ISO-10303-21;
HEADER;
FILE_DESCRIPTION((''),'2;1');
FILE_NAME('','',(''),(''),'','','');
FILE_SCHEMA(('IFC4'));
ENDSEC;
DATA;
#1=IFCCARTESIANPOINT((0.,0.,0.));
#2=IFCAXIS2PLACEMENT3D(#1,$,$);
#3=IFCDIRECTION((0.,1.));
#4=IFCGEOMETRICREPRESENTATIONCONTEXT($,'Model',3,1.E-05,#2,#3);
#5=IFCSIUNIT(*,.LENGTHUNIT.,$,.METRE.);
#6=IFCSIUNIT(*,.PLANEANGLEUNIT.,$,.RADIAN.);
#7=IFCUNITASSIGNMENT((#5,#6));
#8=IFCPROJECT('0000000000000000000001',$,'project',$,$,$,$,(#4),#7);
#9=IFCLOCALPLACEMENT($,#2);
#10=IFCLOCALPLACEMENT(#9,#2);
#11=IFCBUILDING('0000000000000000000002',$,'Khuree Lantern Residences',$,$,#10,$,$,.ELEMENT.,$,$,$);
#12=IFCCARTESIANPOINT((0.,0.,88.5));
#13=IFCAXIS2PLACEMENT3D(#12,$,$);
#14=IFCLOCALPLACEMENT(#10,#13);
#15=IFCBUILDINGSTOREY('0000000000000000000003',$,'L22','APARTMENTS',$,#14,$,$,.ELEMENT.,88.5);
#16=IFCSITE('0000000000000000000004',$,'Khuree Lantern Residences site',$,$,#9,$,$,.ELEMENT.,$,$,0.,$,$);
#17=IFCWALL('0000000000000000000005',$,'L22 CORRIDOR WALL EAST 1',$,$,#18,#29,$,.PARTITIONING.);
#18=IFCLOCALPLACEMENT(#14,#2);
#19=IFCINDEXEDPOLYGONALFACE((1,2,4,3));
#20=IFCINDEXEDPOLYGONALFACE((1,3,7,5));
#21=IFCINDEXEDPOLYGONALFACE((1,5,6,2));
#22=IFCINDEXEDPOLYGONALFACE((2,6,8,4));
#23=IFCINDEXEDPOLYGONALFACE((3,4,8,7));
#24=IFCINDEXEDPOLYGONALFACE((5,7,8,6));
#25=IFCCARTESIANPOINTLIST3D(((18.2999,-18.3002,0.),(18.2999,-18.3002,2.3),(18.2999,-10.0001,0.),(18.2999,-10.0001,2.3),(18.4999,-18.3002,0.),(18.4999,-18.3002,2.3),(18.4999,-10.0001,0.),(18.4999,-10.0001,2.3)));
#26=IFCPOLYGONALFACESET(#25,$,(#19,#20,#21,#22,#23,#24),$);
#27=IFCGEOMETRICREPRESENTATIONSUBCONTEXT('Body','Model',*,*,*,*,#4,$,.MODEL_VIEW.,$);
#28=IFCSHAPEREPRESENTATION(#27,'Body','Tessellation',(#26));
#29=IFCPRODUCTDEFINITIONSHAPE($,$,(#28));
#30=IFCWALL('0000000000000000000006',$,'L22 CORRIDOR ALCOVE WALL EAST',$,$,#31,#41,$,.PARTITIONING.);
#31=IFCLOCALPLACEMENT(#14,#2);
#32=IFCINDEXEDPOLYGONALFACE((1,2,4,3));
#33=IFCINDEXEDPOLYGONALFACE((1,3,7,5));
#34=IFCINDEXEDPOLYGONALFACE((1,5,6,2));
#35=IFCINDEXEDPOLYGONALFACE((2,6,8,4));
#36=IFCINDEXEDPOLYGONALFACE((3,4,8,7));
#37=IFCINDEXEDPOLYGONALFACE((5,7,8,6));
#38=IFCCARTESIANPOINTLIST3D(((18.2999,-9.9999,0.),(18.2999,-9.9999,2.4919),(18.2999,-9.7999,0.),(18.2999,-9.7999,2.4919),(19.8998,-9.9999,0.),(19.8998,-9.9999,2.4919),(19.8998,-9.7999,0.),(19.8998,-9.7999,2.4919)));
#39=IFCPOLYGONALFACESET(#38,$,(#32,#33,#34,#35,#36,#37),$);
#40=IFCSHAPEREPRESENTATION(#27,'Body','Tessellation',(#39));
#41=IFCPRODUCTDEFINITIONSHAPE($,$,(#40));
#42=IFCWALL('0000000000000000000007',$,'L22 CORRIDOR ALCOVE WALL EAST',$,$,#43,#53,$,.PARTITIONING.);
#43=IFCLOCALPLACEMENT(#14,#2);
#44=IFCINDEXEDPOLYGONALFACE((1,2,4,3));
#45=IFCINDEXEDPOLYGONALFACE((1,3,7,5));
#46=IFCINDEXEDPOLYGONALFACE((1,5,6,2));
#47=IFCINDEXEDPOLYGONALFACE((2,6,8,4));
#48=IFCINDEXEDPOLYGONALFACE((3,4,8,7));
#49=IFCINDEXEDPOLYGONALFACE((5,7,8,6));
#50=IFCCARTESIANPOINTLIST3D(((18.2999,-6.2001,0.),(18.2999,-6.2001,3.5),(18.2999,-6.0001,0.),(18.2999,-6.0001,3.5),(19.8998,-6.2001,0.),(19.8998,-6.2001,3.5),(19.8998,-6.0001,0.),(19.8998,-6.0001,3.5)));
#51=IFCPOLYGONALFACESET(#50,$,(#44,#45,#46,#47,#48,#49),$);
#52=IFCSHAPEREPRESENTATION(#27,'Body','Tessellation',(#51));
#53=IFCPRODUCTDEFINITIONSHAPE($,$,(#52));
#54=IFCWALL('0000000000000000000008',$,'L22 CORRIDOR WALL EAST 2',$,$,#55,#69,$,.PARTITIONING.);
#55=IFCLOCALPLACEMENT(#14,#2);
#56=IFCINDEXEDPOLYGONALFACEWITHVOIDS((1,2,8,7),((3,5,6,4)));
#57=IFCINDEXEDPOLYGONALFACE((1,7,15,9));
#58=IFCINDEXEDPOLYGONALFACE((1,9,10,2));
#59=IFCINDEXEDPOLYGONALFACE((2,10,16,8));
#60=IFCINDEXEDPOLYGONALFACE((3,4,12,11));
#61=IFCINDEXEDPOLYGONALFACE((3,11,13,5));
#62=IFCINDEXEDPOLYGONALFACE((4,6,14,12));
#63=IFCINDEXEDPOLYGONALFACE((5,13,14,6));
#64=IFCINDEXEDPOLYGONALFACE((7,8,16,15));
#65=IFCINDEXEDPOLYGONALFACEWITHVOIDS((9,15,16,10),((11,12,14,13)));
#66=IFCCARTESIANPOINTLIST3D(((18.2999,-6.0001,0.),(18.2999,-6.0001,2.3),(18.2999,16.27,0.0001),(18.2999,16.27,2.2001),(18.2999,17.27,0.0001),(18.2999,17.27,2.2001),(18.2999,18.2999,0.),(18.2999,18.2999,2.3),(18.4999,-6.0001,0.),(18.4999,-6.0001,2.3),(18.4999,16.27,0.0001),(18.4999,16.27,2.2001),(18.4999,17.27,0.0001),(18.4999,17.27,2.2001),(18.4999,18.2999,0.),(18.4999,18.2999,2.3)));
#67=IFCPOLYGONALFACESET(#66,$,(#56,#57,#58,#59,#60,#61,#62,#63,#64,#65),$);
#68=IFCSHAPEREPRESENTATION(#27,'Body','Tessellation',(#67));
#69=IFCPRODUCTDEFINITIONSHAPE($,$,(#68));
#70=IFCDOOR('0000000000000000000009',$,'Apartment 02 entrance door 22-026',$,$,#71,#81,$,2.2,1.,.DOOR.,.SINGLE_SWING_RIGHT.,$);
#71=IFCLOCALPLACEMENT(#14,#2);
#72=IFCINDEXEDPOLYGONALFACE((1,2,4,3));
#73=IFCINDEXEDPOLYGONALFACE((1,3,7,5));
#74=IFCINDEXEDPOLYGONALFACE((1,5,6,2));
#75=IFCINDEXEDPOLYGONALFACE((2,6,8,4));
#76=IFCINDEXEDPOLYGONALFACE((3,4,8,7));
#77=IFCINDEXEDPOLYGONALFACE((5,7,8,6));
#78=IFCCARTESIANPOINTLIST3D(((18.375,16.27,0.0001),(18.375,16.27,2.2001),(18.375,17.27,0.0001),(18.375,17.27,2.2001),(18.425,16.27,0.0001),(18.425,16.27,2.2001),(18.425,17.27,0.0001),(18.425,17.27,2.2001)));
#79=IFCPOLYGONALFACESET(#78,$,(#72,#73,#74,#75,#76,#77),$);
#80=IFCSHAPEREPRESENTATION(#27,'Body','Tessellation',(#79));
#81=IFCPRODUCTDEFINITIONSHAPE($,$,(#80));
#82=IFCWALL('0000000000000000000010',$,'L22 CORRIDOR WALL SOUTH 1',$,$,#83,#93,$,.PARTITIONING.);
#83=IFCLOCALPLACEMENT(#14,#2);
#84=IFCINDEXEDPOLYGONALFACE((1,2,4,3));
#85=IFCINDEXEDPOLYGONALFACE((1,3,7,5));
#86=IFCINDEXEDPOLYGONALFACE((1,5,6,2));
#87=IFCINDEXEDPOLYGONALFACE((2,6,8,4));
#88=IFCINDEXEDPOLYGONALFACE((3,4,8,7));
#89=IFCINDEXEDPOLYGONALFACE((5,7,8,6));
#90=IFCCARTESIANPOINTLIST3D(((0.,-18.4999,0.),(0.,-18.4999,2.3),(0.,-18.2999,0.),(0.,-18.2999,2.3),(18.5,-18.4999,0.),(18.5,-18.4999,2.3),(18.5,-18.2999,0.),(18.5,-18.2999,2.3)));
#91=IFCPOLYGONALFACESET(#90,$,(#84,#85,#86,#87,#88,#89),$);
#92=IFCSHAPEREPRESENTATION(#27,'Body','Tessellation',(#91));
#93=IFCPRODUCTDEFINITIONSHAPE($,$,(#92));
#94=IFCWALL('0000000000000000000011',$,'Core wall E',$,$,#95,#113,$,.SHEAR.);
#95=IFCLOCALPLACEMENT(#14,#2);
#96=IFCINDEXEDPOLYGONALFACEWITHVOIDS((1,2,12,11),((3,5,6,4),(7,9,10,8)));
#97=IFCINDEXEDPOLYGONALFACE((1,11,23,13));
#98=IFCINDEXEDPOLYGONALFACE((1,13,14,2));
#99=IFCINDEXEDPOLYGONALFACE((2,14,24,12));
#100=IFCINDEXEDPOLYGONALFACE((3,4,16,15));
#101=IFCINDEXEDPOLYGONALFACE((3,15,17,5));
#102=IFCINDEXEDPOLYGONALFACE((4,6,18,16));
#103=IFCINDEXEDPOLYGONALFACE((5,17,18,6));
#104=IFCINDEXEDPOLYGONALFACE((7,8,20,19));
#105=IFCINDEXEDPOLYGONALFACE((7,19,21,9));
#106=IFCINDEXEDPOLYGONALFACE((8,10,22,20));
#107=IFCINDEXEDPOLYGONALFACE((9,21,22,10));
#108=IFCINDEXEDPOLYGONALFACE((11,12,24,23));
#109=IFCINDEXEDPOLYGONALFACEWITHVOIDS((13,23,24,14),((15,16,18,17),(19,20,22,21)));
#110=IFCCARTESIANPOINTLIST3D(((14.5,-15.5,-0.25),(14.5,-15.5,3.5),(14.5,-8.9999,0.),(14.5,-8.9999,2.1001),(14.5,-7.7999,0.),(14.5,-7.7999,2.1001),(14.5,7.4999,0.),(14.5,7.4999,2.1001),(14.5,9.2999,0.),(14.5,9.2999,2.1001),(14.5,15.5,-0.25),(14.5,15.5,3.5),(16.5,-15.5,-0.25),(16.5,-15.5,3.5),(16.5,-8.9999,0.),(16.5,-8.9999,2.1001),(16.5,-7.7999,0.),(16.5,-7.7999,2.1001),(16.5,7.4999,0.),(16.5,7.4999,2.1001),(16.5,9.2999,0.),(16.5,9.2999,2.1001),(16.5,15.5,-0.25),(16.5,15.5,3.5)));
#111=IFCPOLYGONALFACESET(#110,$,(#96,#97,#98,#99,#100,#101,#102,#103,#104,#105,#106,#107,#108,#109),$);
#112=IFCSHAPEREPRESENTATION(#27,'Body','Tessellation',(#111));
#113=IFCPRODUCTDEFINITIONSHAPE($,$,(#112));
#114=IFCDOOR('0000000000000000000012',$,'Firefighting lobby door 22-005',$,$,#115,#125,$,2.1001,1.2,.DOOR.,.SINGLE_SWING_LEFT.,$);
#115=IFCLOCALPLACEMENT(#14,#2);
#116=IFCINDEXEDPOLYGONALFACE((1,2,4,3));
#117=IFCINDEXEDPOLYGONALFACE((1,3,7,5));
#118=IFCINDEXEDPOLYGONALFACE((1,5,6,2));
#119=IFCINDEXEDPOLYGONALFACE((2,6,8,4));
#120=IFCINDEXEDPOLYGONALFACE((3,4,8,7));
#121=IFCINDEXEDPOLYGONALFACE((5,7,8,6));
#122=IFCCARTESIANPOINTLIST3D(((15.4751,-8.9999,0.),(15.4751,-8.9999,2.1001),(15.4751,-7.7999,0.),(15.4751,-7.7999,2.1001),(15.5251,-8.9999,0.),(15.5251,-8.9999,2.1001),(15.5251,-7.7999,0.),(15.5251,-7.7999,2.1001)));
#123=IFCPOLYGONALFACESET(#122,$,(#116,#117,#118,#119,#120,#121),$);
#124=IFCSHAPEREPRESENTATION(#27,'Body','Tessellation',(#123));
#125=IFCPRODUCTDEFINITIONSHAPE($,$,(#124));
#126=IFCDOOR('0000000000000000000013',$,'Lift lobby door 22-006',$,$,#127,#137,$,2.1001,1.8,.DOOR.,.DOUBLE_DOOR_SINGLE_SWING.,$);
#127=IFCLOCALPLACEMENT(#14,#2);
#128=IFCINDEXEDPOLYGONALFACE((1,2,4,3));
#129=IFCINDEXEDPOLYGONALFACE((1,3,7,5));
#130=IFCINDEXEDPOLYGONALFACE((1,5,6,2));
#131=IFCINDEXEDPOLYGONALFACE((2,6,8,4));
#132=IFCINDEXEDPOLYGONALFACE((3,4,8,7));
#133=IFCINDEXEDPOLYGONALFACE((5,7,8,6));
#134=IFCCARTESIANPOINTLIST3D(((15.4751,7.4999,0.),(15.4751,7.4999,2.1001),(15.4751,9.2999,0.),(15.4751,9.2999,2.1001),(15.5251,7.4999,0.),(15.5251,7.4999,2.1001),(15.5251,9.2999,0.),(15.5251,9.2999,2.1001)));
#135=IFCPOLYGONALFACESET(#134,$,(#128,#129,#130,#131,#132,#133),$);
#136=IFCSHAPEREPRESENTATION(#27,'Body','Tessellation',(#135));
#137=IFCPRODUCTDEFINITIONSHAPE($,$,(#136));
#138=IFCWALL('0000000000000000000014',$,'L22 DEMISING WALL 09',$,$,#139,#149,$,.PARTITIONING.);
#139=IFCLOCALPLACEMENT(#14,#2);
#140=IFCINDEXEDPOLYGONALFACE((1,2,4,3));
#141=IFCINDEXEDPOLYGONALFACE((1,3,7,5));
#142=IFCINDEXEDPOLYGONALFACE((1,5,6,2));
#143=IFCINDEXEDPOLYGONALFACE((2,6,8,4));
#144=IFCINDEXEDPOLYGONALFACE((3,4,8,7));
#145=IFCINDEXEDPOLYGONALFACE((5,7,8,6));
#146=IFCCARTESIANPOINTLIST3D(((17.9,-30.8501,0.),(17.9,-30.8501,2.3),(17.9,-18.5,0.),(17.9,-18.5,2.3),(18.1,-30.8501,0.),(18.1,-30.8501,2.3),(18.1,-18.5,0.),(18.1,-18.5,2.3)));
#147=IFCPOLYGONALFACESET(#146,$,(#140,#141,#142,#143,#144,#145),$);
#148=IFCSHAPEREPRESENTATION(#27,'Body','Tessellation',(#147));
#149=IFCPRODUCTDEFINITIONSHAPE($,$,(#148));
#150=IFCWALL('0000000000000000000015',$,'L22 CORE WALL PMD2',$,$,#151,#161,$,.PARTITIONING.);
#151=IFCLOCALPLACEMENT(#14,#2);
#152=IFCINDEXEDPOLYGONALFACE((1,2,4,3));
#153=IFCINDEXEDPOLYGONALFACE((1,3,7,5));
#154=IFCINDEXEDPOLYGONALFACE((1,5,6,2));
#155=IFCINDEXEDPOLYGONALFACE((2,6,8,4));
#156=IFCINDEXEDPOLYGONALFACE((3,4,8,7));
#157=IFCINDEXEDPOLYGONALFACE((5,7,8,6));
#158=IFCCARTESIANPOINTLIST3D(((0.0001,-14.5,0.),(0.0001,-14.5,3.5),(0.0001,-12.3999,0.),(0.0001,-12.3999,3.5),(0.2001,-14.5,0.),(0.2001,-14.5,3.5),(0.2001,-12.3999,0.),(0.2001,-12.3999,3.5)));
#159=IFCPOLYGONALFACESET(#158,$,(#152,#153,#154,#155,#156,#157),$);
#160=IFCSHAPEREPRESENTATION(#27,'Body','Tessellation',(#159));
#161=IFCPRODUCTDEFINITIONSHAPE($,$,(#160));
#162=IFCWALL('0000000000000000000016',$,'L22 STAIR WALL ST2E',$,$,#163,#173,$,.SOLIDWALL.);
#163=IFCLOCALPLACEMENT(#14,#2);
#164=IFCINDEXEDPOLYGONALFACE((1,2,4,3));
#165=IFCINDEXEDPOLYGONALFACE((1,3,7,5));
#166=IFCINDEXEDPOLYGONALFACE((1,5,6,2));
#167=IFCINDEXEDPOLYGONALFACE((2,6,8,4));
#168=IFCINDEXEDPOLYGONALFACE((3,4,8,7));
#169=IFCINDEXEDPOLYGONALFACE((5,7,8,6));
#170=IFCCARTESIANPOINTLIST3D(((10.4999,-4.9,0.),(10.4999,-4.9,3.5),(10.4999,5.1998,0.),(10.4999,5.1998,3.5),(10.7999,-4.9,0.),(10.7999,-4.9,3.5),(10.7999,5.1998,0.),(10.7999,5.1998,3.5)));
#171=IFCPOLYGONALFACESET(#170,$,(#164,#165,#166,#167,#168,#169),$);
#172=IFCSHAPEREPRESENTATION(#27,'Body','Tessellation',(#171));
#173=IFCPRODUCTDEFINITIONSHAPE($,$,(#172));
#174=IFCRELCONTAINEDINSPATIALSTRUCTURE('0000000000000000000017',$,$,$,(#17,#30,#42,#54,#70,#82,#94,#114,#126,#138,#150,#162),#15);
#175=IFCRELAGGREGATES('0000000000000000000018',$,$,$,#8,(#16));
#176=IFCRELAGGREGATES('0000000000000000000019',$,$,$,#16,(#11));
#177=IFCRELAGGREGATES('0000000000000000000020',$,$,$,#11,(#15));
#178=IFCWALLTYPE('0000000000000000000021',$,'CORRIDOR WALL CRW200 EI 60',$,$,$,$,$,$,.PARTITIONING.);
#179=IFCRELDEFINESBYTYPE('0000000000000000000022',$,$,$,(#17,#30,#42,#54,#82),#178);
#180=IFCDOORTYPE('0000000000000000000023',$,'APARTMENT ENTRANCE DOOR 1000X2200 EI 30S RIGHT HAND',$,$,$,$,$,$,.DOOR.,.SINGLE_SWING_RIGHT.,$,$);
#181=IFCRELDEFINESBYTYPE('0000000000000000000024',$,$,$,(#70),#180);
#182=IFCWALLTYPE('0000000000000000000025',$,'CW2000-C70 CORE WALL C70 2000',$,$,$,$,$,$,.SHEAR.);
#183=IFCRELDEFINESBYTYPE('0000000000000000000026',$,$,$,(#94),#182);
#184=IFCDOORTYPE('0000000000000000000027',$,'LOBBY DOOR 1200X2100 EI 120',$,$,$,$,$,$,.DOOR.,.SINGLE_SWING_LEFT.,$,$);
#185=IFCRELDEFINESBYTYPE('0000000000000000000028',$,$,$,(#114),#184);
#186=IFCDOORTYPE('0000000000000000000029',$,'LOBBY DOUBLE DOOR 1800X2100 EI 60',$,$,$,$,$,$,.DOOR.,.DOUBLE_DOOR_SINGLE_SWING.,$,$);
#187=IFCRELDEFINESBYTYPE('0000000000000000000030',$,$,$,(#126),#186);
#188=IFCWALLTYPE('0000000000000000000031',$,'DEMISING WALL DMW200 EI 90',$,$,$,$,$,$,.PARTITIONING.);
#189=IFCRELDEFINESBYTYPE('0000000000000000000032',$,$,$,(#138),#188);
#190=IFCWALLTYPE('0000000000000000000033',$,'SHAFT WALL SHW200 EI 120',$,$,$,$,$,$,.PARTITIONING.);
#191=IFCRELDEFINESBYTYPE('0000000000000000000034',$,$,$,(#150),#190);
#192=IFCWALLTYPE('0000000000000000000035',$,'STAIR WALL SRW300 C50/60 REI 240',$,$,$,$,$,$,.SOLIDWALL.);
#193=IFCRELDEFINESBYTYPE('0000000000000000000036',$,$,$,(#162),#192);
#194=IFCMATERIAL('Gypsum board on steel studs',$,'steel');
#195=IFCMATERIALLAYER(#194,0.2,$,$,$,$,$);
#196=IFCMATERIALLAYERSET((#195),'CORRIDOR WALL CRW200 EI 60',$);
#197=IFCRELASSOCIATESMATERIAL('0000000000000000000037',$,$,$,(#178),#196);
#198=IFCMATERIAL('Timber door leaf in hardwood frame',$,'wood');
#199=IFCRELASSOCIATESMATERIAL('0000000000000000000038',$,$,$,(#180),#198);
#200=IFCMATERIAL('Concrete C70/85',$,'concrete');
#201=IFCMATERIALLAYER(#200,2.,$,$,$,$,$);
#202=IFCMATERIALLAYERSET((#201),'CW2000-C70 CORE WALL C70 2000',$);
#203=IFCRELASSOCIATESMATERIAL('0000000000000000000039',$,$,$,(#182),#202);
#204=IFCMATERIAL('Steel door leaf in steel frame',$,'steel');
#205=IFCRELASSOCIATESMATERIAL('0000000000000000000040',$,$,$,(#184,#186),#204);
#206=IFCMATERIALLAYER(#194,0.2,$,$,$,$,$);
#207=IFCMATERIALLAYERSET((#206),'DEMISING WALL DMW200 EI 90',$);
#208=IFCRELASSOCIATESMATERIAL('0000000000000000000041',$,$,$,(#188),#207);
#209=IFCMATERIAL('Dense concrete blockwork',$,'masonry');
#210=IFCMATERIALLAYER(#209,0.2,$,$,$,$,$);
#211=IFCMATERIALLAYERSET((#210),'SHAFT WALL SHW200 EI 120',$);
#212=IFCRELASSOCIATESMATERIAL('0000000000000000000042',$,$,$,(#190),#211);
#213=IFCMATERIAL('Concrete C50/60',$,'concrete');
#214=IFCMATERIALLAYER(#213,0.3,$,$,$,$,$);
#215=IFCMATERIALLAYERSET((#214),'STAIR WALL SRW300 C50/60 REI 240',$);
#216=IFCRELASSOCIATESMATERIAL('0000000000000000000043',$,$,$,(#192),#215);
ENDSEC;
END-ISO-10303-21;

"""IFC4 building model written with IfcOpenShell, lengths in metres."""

from ifc_helpers import new_model, si_unit, direction, frame, frame_2d, origin, place, context, subcontext, project, spatial, rectangle, extrude, material, layer, layer_set, type_object, element, fill, save


model = new_model("IFC4")

# Units and contexts
model_context = context("Model", 3, precision=1e-05, world=origin(), true_north=direction((0.0, 1.0)))
body_context = subcontext(model_context, "Body", "Model", "MODEL_VIEW")
ifc_project = project(units=[si_unit("LENGTHUNIT", "METRE"), si_unit("PLANEANGLEUNIT", "RADIAN")], contexts=[model_context])

# Site, building, storey
site_placement = place(None, origin())
site = spatial("IfcSite", under=ifc_project, at=site_placement, Name="Khuree Lantern Residences site", CompositionType="ELEMENT", RefElevation=0.0)
building_placement = place(site_placement, origin())
building = spatial("IfcBuilding", under=site, at=building_placement, Name="Khuree Lantern Residences", CompositionType="ELEMENT")
storey_placement = place(building_placement, frame((0.0, 0.0, 88.5)))
storey = spatial("IfcBuildingStorey", under=building, at=storey_placement, Name="L22", Description="APARTMENTS", CompositionType="ELEMENT", Elevation=88.5)

# Shared definitions
ifc_material_1 = material(Name="Concrete C70/85", Category="concrete")

# Shared definitions
ifc_material_2 = material(Name="Dense concrete blockwork", Category="masonry")

# Shared definitions
ifc_material_3 = material(Name="Timber door leaf in hardwood frame", Category="wood")

# Walls
ifc_material_4 = material(Name="Gypsum board on steel studs", Category="steel")
ifc_layer_1 = layer(ifc_material_4, 0.2)
ifc_layer_set_1 = layer_set([ifc_layer_1], Name="CORRIDOR WALL CRW200 EI 60")
wall_type_1 = type_object("IfcWallType", Name="CORRIDOR WALL CRW200 EI 60", PredefinedType="PARTITIONING", material=ifc_layer_set_1)
wall_1_placement = place(storey_placement, frame((18.3999, -18.3, 0.0), z_axis=(0.0, 0.0, 1.0), x_axis=(0.0, 1.0, 0.0)))
element("IfcWall", 1, at=wall_1_placement, inside=storey, type_object=wall_type_1, Name="L22 CORRIDOR WALL EAST 1", PredefinedType="PARTITIONING", context=body_context, shape_type="SweptSolid", body=[
    extrude(rectangle(XDim=8.3, YDim=0.2, at=frame_2d((4.1499, 0.0))), origin(), (0.0, 0.0, 1.0), 2.3),
])
wall_2_placement = place(storey_placement, frame((18.3, -9.8999, 0.0), z_axis=(0.0, 0.0, 1.0), x_axis=(1.0, 0.0, 0.0)))
element("IfcWall", 2, at=wall_2_placement, inside=storey, type_object=wall_type_1, Name="L22 CORRIDOR ALCOVE WALL EAST", PredefinedType="PARTITIONING", context=body_context, shape_type="SweptSolid", body=[
    extrude(rectangle(XDim=1.5999, YDim=0.2, at=frame_2d((0.7998, 0.0))), origin(), (0.0, 0.0, 1.0), 2.4919),
])
wall_3_placement = place(storey_placement, frame((18.3, -6.1001, 0.0), z_axis=(0.0, 0.0, 1.0), x_axis=(1.0, 0.0, 0.0)))
element("IfcWall", 3, at=wall_3_placement, inside=storey, type_object=wall_type_1, Name="L22 CORRIDOR ALCOVE WALL EAST", PredefinedType="PARTITIONING", context=body_context, shape_type="SweptSolid", body=[
    extrude(rectangle(XDim=1.5999, YDim=0.2, at=frame_2d((0.7998, 0.0))), origin(), (0.0, 0.0, 1.0), 3.5),
])

# Wall, opening, door
wall_4_placement = place(storey_placement, frame((18.3999, -6.0, 0.0), z_axis=(0.0, 0.0, 1.0), x_axis=(0.0, 1.0, 0.0)))
wall_4 = element("IfcWall", 4, at=wall_4_placement, inside=storey, type_object=wall_type_1, Name="L22 CORRIDOR WALL EAST 2", PredefinedType="PARTITIONING", context=body_context, shape_type="SweptSolid", body=[
    extrude(rectangle(XDim=24.3, YDim=0.2, at=frame_2d((12.1499, 0.0))), origin(), (0.0, 0.0, 1.0), 2.3),
])
opening_1_placement = place(wall_4_placement, frame((22.27, 0.0, 0.0)))
opening_1 = element("IfcOpeningElement", 5, at=opening_1_placement, cuts=wall_4, PredefinedType="OPENING", context=body_context, shape_type="SweptSolid", body=[
    extrude(rectangle(XDim=1.0, YDim=2.2, at=frame_2d((0.5, 1.1001))), frame((0.0, 0.1099, 0.0), z_axis=(0.0, -1.0, 0.0), x_axis=(1.0, 0.0, 0.0)), (0.0, 0.0, 1.0), 0.22),
])
door_type_1 = type_object("IfcDoorType", Name="APARTMENT ENTRANCE DOOR 1000X2200 EI 30S RIGHT HAND", OperationType="SINGLE_SWING_RIGHT", PredefinedType="DOOR", material=ifc_material_3)
door_1_placement = place(opening_1_placement, origin())
door_1 = element("IfcDoor", 6, at=door_1_placement, inside=storey, type_object=door_type_1, Name="Apartment 02 entrance door 22-026", OperationType="SINGLE_SWING_RIGHT", OverallHeight=2.2, OverallWidth=1.0, PredefinedType="DOOR", context=body_context, shape_type="SweptSolid", body=[
    extrude(rectangle(XDim=1.0, YDim=2.2, at=frame_2d((0.5, 1.1001))), frame((0.0, 0.0249, 0.0), z_axis=(0.0, -1.0, 0.0), x_axis=(1.0, 0.0, 0.0)), (0.0, 0.0, 1.0), 0.05),
])
fill(opening_1, door_1)

# Wall
wall_5_placement = place(storey_placement, frame((18.5, -18.3999, 0.0), z_axis=(0.0, 0.0, 1.0), x_axis=(-1.0, 0.0, 0.0)))
element("IfcWall", 7, at=wall_5_placement, inside=storey, type_object=wall_type_1, Name="L22 CORRIDOR WALL SOUTH 1", PredefinedType="PARTITIONING", context=body_context, shape_type="SweptSolid", body=[
    extrude(rectangle(XDim=18.5, YDim=0.2, at=frame_2d((9.25, 0.0))), origin(), (0.0, 0.0, 1.0), 2.3),
])

# Wall, openings, doors
ifc_layer_2 = layer(ifc_material_1, 2.0)
ifc_layer_set_2 = layer_set([ifc_layer_2], Name="CW2000-C70 CORE WALL C70 2000")
wall_type_2 = type_object("IfcWallType", Name="CW2000-C70 CORE WALL C70 2000", PredefinedType="SHEAR", material=ifc_layer_set_2)
wall_6_placement = place(storey_placement, frame((15.5, -15.5, -0.25), z_axis=(0.0, 0.0, 1.0), x_axis=(0.0, 1.0, 0.0)))
wall_6 = element("IfcWall", 8, at=wall_6_placement, inside=storey, type_object=wall_type_2, Name="Core wall E", PredefinedType="SHEAR", context=body_context, shape_type="SweptSolid", body=[
    extrude(rectangle(XDim=31.0, YDim=2.0, at=frame_2d((15.5, 0.0))), origin(), (0.0, 0.0, 1.0), 3.75),
])
opening_2_placement = place(wall_6_placement, frame((6.5, 0.0, 0.25)))
opening_2 = element("IfcOpeningElement", 9, at=opening_2_placement, cuts=wall_6, PredefinedType="OPENING", context=body_context, shape_type="SweptSolid", body=[
    extrude(rectangle(XDim=1.2, YDim=2.1001, at=frame_2d((0.6001, 1.05))), frame((0.0, 1.01, 0.0), z_axis=(0.0, -1.0, 0.0), x_axis=(1.0, 0.0, 0.0)), (0.0, 0.0, 1.0), 2.02),
])
opening_3_placement = place(wall_6_placement, frame((23.0, 0.0, 0.25)))
opening_3 = element("IfcOpeningElement", 10, at=opening_3_placement, cuts=wall_6, PredefinedType="OPENING", context=body_context, shape_type="SweptSolid", body=[
    extrude(rectangle(XDim=1.8, YDim=2.1001, at=frame_2d((0.8999, 1.05))), frame((0.0, 1.01, 0.0), z_axis=(0.0, -1.0, 0.0), x_axis=(1.0, 0.0, 0.0)), (0.0, 0.0, 1.0), 2.02),
])
ifc_material_5 = material(Name="Steel door leaf in steel frame", Category="steel")
door_type_2 = type_object("IfcDoorType", Name="LOBBY DOOR 1200X2100 EI 120", OperationType="SINGLE_SWING_LEFT", PredefinedType="DOOR", material=ifc_material_5)
door_2_placement = place(opening_2_placement, origin())
door_2 = element("IfcDoor", 11, at=door_2_placement, inside=storey, type_object=door_type_2, Name="Firefighting lobby door 22-005", OperationType="SINGLE_SWING_LEFT", OverallHeight=2.1001, OverallWidth=1.2, PredefinedType="DOOR", context=body_context, shape_type="SweptSolid", body=[
    extrude(rectangle(XDim=1.2, YDim=2.1001, at=frame_2d((0.6001, 1.05))), frame((0.0, 0.0249, 0.0), z_axis=(0.0, -1.0, 0.0), x_axis=(1.0, 0.0, 0.0)), (0.0, 0.0, 1.0), 0.05),
])
fill(opening_2, door_2)
door_type_3 = type_object("IfcDoorType", Name="LOBBY DOUBLE DOOR 1800X2100 EI 60", OperationType="DOUBLE_DOOR_SINGLE_SWING", PredefinedType="DOOR", material=ifc_material_5)
door_3_placement = place(opening_3_placement, origin())
door_3 = element("IfcDoor", 12, at=door_3_placement, inside=storey, type_object=door_type_3, Name="Lift lobby door 22-006", OperationType="DOUBLE_DOOR_SINGLE_SWING", OverallHeight=2.1001, OverallWidth=1.8, PredefinedType="DOOR", context=body_context, shape_type="SweptSolid", body=[
    extrude(rectangle(XDim=1.8, YDim=2.1001, at=frame_2d((0.8999, 1.05))), frame((0.0, 0.0249, 0.0), z_axis=(0.0, -1.0, 0.0), x_axis=(1.0, 0.0, 0.0)), (0.0, 0.0, 1.0), 0.05),
])
fill(opening_3, door_3)

# Walls
ifc_layer_3 = layer(ifc_material_4, 0.2)
ifc_layer_set_3 = layer_set([ifc_layer_3], Name="DEMISING WALL DMW200 EI 90")
wall_type_3 = type_object("IfcWallType", Name="DEMISING WALL DMW200 EI 90", PredefinedType="PARTITIONING", material=ifc_layer_set_3)
wall_7_placement = place(storey_placement, frame((18.0, -18.5, 0.0), z_axis=(0.0, 0.0, 1.0), x_axis=(0.0, -1.0, 0.0)))
element("IfcWall", 13, at=wall_7_placement, inside=storey, type_object=wall_type_3, Name="L22 DEMISING WALL 09", PredefinedType="PARTITIONING", context=body_context, shape_type="SweptSolid", body=[
    extrude(rectangle(XDim=12.3501, YDim=0.2, at=frame_2d((6.175, 0.0))), origin(), (0.0, 0.0, 1.0), 2.3),
])
ifc_layer_4 = layer(ifc_material_2, 0.2)
ifc_layer_set_4 = layer_set([ifc_layer_4], Name="SHAFT WALL SHW200 EI 120")
wall_type_4 = type_object("IfcWallType", Name="SHAFT WALL SHW200 EI 120", PredefinedType="PARTITIONING", material=ifc_layer_set_4)
wall_8_placement = place(storey_placement, frame((0.1001, -14.5, 0.0), z_axis=(0.0, 0.0, 1.0), x_axis=(0.0, 1.0, 0.0)))
element("IfcWall", 14, at=wall_8_placement, inside=storey, type_object=wall_type_4, Name="L22 CORE WALL PMD2", PredefinedType="PARTITIONING", context=body_context, shape_type="SweptSolid", body=[
    extrude(rectangle(XDim=2.1001, YDim=0.2, at=frame_2d((1.05, 0.0))), origin(), (0.0, 0.0, 1.0), 3.5),
])
ifc_material_6 = material(Name="Concrete C50/60", Category="concrete")
ifc_layer_5 = layer(ifc_material_6, 0.3)
ifc_layer_set_5 = layer_set([ifc_layer_5], Name="STAIR WALL SRW300 C50/60 REI 240")
wall_type_5 = type_object("IfcWallType", Name="STAIR WALL SRW300 C50/60 REI 240", PredefinedType="SOLIDWALL", material=ifc_layer_set_5)
wall_9_placement = place(storey_placement, frame((10.6499, -4.8999, 0.0), z_axis=(0.0, 0.0, 1.0), x_axis=(0.0, 1.0, 0.0)))
element("IfcWall", 15, at=wall_9_placement, inside=storey, type_object=wall_type_5, Name="L22 STAIR WALL ST2E", PredefinedType="SOLIDWALL", context=body_context, shape_type="SweptSolid", body=[
    extrude(rectangle(XDim=10.0999, YDim=0.3, at=frame_2d((5.0498, 0.0))), origin(), (0.0, 0.0, 1.0), 3.5),
])

save(model, "model.ifc")
